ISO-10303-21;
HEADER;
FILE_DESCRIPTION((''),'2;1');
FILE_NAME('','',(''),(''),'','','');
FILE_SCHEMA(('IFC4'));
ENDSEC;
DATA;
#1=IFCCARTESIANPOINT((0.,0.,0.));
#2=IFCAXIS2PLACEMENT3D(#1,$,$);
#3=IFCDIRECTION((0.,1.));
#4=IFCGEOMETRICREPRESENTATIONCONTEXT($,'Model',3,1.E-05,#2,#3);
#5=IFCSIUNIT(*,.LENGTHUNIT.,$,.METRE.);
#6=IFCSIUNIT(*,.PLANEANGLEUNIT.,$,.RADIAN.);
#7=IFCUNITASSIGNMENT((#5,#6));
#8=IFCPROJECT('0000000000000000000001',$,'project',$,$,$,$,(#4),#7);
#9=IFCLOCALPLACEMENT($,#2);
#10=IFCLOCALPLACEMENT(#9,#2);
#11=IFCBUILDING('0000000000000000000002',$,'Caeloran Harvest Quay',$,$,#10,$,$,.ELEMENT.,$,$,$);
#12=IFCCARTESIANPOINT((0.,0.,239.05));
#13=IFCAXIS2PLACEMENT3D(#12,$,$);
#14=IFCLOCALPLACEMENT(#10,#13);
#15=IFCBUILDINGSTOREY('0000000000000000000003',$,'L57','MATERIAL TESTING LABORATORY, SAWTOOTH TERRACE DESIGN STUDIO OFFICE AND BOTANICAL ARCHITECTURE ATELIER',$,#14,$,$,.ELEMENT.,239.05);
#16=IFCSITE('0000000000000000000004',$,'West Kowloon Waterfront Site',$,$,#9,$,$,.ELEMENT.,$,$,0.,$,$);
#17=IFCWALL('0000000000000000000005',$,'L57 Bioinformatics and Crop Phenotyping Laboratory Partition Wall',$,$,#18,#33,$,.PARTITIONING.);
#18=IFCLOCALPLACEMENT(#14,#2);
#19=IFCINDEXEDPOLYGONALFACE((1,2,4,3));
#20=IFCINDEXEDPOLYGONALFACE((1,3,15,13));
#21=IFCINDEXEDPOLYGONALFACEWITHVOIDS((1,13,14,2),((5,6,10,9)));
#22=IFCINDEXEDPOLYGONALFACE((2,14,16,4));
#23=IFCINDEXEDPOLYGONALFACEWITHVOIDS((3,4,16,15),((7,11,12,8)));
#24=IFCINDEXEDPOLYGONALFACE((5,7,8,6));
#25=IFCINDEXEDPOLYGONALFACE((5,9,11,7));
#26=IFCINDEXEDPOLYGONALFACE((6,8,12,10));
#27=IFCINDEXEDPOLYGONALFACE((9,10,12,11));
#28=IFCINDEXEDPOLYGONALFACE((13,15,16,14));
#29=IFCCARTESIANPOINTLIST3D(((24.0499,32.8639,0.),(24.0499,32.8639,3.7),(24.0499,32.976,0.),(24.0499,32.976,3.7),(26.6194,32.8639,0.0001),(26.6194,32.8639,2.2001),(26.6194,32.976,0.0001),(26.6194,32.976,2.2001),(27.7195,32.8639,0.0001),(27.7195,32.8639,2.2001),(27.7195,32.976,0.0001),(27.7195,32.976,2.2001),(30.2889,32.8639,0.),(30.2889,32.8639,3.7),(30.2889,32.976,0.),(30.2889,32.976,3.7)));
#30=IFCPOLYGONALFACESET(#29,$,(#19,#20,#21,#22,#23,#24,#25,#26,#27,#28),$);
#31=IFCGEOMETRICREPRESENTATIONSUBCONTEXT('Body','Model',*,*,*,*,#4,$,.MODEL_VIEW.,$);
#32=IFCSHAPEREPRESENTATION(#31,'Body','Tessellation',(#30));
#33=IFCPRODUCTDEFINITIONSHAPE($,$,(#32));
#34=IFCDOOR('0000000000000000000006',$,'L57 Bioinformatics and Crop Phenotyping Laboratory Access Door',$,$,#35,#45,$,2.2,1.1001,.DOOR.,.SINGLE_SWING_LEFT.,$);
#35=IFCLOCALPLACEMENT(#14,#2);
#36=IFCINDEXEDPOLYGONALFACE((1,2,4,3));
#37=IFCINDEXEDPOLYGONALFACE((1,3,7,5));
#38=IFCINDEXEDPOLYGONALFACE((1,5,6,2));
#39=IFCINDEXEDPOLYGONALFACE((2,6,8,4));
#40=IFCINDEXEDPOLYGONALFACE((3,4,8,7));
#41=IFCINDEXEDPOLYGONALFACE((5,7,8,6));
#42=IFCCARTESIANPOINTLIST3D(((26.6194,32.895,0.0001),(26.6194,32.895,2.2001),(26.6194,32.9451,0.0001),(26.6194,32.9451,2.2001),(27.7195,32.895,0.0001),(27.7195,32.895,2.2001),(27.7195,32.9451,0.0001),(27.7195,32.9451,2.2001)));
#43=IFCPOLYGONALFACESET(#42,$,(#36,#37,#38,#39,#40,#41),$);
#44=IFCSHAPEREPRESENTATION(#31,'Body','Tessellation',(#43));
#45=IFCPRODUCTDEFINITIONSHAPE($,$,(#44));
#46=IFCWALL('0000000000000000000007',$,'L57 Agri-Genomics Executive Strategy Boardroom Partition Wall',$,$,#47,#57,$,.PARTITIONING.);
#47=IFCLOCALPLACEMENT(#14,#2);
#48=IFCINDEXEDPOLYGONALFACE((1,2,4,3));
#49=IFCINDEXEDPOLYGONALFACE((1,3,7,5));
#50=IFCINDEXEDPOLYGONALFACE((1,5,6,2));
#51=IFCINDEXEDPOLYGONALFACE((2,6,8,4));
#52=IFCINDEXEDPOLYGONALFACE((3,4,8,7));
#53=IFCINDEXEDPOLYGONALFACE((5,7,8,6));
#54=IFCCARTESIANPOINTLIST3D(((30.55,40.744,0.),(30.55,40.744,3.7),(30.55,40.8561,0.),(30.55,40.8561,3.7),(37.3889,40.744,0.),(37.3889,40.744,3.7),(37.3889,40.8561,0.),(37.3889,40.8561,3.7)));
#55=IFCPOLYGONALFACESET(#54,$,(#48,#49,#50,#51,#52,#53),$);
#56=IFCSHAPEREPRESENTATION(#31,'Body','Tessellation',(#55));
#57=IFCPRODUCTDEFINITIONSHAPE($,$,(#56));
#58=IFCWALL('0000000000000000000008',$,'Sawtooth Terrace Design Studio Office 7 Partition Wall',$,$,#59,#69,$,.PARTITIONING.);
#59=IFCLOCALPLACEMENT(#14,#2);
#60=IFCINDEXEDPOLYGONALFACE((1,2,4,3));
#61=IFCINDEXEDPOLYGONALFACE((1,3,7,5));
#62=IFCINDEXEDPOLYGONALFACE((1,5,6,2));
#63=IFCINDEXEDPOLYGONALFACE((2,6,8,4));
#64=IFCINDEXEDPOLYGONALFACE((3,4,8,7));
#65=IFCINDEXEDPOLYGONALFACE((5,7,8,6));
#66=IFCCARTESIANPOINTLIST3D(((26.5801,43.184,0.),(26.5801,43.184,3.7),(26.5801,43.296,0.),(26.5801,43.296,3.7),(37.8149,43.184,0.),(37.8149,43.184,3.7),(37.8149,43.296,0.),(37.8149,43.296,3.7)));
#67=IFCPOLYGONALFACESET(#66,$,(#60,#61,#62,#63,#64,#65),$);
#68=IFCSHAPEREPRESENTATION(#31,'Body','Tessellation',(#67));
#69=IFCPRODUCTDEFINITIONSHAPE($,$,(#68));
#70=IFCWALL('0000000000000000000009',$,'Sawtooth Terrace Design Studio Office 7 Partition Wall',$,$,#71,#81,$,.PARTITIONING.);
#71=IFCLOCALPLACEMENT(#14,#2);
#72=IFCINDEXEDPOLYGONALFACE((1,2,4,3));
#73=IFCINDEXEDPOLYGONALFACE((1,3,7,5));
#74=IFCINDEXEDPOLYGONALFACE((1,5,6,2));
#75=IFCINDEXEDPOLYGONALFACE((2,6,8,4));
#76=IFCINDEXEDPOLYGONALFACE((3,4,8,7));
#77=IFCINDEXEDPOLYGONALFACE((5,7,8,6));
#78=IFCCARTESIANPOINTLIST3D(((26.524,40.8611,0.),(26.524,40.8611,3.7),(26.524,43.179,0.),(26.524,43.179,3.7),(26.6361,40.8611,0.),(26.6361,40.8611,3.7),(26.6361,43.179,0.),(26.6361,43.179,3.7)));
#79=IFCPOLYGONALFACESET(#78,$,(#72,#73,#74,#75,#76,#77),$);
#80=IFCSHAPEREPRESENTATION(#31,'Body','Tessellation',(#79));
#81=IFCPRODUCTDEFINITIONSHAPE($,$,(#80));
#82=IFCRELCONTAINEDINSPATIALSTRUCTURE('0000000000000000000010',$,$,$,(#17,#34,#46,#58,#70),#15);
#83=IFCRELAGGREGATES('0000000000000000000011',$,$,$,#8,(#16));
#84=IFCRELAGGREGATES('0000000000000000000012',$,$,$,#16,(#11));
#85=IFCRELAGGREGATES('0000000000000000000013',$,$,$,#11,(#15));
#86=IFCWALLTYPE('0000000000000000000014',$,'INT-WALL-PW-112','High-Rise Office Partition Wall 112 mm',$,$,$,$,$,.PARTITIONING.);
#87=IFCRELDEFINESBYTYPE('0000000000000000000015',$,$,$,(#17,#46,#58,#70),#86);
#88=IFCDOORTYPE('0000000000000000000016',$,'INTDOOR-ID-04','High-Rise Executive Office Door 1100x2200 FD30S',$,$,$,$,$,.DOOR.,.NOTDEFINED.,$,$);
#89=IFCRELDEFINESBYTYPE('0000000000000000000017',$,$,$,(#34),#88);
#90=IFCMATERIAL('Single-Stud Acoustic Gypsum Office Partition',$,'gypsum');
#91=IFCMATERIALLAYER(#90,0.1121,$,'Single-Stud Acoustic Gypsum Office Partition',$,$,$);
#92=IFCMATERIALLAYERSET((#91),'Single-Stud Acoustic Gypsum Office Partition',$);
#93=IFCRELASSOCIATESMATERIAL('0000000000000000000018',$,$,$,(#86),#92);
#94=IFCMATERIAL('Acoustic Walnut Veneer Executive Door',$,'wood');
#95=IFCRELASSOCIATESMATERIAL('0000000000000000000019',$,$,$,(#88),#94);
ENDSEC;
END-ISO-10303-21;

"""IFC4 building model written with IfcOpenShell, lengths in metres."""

from ifc_helpers import new_model, si_unit, direction, frame, frame_2d, origin, place, context, subcontext, project, spatial, rectangle, extrude, material, layer, layer_set, type_object, element, fill, save


model = new_model("IFC4")

# Units and contexts
model_context = context("Model", 3, precision=1e-05, world=origin(), true_north=direction((0.0, 1.0)))
body_context = subcontext(model_context, "Body", "Model", "MODEL_VIEW")
ifc_project = project(units=[si_unit("LENGTHUNIT", "METRE"), si_unit("PLANEANGLEUNIT", "RADIAN")], contexts=[model_context])

# Site, building, storey
site_placement = place(None, origin())
site = spatial("IfcSite", under=ifc_project, at=site_placement, Name="West Kowloon Waterfront Site", CompositionType="ELEMENT", RefElevation=0.0)
building_placement = place(site_placement, origin())
building = spatial("IfcBuilding", under=site, at=building_placement, Name="Caeloran Harvest Quay", CompositionType="ELEMENT")
storey_placement = place(building_placement, frame((0.0, 0.0, 239.05)))
storey = spatial("IfcBuildingStorey", under=building, at=storey_placement, Name="L57", Description="MATERIAL TESTING LABORATORY, SAWTOOTH TERRACE DESIGN STUDIO OFFICE AND BOTANICAL ARCHITECTURE ATELIER", CompositionType="ELEMENT", Elevation=239.05)

# Shared definitions
ifc_material_1 = material(Name="Single-Stud Acoustic Gypsum Office Partition", Category="gypsum")
ifc_layer_1 = layer(ifc_material_1, 0.1121, Name="Single-Stud Acoustic Gypsum Office Partition")
ifc_layer_set_1 = layer_set([ifc_layer_1], Name="Single-Stud Acoustic Gypsum Office Partition")
wall_type = type_object("IfcWallType", Name="INT-WALL-PW-112", Description="High-Rise Office Partition Wall 112 mm", PredefinedType="PARTITIONING", material=ifc_layer_set_1)

# Wall, opening, door
wall_1_placement = place(storey_placement, frame((30.2891, 32.9199, 0.0), z_axis=(0.0, 0.0, 1.0), x_axis=(-1.0, 0.0, 0.0)))
wall_1 = element("IfcWall", 1, at=wall_1_placement, inside=storey, type_object=wall_type, Name="L57 Bioinformatics and Crop Phenotyping Laboratory Partition Wall", PredefinedType="PARTITIONING", context=body_context, shape_type="SweptSolid", body=[
    extrude(rectangle(XDim=6.239, YDim=0.1121, at=frame_2d((3.1196, 0.0))), origin(), (0.0, 0.0, 1.0), 3.7),
])
opening_placement = place(wall_1_placement, frame((2.5696, 0.0, 0.0)))
opening = element("IfcOpeningElement", 2, at=opening_placement, cuts=wall_1, PredefinedType="OPENING", context=body_context, shape_type="SweptSolid", body=[
    extrude(rectangle(XDim=1.1001, YDim=2.2, at=frame_2d((0.55, 1.1001))), frame((0.0, 0.0659, 0.0), z_axis=(0.0, -1.0, 0.0), x_axis=(1.0, 0.0, 0.0)), (0.0, 0.0, 1.0), 0.1321),
])
ifc_material_2 = material(Name="Acoustic Walnut Veneer Executive Door", Category="wood")
door_type = type_object("IfcDoorType", Name="INTDOOR-ID-04", Description="High-Rise Executive Office Door 1100x2200 FD30S", OperationType="NOTDEFINED", PredefinedType="DOOR", material=ifc_material_2)
door_placement = place(opening_placement, origin())
door = element("IfcDoor", 3, at=door_placement, inside=storey, type_object=door_type, Name="L57 Bioinformatics and Crop Phenotyping Laboratory Access Door", OperationType="SINGLE_SWING_LEFT", OverallHeight=2.2, OverallWidth=1.1001, PredefinedType="DOOR", context=body_context, shape_type="SweptSolid", body=[
    extrude(rectangle(XDim=1.1001, YDim=2.2, at=frame_2d((0.55, 1.1001))), frame((0.0, 0.0249, 0.0), z_axis=(0.0, -1.0, 0.0), x_axis=(1.0, 0.0, 0.0)), (0.0, 0.0, 1.0), 0.05),
])
fill(opening, door)

# Walls
wall_2_placement = place(storey_placement, frame((30.55, 40.8, 0.0), z_axis=(0.0, 0.0, 1.0), x_axis=(1.0, 0.0, 0.0)))
element("IfcWall", 4, at=wall_2_placement, inside=storey, type_object=wall_type, Name="L57 Agri-Genomics Executive Strategy Boardroom Partition Wall", PredefinedType="PARTITIONING", context=body_context, shape_type="SweptSolid", body=[
    extrude(rectangle(XDim=6.8389, YDim=0.1121, at=frame_2d((3.4194, 0.0))), origin(), (0.0, 0.0, 1.0), 3.7),
])
wall_3_placement = place(storey_placement, frame((26.5801, 43.24, 0.0), z_axis=(0.0, 0.0, 1.0), x_axis=(1.0, 0.0, 0.0)))
element("IfcWall", 5, at=wall_3_placement, inside=storey, type_object=wall_type, Name="Sawtooth Terrace Design Studio Office 7 Partition Wall", PredefinedType="PARTITIONING", context=body_context, shape_type="SweptSolid", body=[
    extrude(rectangle(XDim=11.2349, YDim=0.1121, at=frame_2d((5.6174, 0.0))), origin(), (0.0, 0.0, 1.0), 3.7),
])
wall_4_placement = place(storey_placement, frame((26.5801, 40.8611, 0.0), z_axis=(0.0, 0.0, 1.0), x_axis=(0.0, 1.0, 0.0)))
element("IfcWall", 6, at=wall_4_placement, inside=storey, type_object=wall_type, Name="Sawtooth Terrace Design Studio Office 7 Partition Wall", PredefinedType="PARTITIONING", context=body_context, shape_type="SweptSolid", body=[
    extrude(rectangle(XDim=2.3179, YDim=0.1121, at=frame_2d((1.1589, 0.0))), origin(), (0.0, 0.0, 1.0), 3.7),
])

save(model, "model.ifc")
